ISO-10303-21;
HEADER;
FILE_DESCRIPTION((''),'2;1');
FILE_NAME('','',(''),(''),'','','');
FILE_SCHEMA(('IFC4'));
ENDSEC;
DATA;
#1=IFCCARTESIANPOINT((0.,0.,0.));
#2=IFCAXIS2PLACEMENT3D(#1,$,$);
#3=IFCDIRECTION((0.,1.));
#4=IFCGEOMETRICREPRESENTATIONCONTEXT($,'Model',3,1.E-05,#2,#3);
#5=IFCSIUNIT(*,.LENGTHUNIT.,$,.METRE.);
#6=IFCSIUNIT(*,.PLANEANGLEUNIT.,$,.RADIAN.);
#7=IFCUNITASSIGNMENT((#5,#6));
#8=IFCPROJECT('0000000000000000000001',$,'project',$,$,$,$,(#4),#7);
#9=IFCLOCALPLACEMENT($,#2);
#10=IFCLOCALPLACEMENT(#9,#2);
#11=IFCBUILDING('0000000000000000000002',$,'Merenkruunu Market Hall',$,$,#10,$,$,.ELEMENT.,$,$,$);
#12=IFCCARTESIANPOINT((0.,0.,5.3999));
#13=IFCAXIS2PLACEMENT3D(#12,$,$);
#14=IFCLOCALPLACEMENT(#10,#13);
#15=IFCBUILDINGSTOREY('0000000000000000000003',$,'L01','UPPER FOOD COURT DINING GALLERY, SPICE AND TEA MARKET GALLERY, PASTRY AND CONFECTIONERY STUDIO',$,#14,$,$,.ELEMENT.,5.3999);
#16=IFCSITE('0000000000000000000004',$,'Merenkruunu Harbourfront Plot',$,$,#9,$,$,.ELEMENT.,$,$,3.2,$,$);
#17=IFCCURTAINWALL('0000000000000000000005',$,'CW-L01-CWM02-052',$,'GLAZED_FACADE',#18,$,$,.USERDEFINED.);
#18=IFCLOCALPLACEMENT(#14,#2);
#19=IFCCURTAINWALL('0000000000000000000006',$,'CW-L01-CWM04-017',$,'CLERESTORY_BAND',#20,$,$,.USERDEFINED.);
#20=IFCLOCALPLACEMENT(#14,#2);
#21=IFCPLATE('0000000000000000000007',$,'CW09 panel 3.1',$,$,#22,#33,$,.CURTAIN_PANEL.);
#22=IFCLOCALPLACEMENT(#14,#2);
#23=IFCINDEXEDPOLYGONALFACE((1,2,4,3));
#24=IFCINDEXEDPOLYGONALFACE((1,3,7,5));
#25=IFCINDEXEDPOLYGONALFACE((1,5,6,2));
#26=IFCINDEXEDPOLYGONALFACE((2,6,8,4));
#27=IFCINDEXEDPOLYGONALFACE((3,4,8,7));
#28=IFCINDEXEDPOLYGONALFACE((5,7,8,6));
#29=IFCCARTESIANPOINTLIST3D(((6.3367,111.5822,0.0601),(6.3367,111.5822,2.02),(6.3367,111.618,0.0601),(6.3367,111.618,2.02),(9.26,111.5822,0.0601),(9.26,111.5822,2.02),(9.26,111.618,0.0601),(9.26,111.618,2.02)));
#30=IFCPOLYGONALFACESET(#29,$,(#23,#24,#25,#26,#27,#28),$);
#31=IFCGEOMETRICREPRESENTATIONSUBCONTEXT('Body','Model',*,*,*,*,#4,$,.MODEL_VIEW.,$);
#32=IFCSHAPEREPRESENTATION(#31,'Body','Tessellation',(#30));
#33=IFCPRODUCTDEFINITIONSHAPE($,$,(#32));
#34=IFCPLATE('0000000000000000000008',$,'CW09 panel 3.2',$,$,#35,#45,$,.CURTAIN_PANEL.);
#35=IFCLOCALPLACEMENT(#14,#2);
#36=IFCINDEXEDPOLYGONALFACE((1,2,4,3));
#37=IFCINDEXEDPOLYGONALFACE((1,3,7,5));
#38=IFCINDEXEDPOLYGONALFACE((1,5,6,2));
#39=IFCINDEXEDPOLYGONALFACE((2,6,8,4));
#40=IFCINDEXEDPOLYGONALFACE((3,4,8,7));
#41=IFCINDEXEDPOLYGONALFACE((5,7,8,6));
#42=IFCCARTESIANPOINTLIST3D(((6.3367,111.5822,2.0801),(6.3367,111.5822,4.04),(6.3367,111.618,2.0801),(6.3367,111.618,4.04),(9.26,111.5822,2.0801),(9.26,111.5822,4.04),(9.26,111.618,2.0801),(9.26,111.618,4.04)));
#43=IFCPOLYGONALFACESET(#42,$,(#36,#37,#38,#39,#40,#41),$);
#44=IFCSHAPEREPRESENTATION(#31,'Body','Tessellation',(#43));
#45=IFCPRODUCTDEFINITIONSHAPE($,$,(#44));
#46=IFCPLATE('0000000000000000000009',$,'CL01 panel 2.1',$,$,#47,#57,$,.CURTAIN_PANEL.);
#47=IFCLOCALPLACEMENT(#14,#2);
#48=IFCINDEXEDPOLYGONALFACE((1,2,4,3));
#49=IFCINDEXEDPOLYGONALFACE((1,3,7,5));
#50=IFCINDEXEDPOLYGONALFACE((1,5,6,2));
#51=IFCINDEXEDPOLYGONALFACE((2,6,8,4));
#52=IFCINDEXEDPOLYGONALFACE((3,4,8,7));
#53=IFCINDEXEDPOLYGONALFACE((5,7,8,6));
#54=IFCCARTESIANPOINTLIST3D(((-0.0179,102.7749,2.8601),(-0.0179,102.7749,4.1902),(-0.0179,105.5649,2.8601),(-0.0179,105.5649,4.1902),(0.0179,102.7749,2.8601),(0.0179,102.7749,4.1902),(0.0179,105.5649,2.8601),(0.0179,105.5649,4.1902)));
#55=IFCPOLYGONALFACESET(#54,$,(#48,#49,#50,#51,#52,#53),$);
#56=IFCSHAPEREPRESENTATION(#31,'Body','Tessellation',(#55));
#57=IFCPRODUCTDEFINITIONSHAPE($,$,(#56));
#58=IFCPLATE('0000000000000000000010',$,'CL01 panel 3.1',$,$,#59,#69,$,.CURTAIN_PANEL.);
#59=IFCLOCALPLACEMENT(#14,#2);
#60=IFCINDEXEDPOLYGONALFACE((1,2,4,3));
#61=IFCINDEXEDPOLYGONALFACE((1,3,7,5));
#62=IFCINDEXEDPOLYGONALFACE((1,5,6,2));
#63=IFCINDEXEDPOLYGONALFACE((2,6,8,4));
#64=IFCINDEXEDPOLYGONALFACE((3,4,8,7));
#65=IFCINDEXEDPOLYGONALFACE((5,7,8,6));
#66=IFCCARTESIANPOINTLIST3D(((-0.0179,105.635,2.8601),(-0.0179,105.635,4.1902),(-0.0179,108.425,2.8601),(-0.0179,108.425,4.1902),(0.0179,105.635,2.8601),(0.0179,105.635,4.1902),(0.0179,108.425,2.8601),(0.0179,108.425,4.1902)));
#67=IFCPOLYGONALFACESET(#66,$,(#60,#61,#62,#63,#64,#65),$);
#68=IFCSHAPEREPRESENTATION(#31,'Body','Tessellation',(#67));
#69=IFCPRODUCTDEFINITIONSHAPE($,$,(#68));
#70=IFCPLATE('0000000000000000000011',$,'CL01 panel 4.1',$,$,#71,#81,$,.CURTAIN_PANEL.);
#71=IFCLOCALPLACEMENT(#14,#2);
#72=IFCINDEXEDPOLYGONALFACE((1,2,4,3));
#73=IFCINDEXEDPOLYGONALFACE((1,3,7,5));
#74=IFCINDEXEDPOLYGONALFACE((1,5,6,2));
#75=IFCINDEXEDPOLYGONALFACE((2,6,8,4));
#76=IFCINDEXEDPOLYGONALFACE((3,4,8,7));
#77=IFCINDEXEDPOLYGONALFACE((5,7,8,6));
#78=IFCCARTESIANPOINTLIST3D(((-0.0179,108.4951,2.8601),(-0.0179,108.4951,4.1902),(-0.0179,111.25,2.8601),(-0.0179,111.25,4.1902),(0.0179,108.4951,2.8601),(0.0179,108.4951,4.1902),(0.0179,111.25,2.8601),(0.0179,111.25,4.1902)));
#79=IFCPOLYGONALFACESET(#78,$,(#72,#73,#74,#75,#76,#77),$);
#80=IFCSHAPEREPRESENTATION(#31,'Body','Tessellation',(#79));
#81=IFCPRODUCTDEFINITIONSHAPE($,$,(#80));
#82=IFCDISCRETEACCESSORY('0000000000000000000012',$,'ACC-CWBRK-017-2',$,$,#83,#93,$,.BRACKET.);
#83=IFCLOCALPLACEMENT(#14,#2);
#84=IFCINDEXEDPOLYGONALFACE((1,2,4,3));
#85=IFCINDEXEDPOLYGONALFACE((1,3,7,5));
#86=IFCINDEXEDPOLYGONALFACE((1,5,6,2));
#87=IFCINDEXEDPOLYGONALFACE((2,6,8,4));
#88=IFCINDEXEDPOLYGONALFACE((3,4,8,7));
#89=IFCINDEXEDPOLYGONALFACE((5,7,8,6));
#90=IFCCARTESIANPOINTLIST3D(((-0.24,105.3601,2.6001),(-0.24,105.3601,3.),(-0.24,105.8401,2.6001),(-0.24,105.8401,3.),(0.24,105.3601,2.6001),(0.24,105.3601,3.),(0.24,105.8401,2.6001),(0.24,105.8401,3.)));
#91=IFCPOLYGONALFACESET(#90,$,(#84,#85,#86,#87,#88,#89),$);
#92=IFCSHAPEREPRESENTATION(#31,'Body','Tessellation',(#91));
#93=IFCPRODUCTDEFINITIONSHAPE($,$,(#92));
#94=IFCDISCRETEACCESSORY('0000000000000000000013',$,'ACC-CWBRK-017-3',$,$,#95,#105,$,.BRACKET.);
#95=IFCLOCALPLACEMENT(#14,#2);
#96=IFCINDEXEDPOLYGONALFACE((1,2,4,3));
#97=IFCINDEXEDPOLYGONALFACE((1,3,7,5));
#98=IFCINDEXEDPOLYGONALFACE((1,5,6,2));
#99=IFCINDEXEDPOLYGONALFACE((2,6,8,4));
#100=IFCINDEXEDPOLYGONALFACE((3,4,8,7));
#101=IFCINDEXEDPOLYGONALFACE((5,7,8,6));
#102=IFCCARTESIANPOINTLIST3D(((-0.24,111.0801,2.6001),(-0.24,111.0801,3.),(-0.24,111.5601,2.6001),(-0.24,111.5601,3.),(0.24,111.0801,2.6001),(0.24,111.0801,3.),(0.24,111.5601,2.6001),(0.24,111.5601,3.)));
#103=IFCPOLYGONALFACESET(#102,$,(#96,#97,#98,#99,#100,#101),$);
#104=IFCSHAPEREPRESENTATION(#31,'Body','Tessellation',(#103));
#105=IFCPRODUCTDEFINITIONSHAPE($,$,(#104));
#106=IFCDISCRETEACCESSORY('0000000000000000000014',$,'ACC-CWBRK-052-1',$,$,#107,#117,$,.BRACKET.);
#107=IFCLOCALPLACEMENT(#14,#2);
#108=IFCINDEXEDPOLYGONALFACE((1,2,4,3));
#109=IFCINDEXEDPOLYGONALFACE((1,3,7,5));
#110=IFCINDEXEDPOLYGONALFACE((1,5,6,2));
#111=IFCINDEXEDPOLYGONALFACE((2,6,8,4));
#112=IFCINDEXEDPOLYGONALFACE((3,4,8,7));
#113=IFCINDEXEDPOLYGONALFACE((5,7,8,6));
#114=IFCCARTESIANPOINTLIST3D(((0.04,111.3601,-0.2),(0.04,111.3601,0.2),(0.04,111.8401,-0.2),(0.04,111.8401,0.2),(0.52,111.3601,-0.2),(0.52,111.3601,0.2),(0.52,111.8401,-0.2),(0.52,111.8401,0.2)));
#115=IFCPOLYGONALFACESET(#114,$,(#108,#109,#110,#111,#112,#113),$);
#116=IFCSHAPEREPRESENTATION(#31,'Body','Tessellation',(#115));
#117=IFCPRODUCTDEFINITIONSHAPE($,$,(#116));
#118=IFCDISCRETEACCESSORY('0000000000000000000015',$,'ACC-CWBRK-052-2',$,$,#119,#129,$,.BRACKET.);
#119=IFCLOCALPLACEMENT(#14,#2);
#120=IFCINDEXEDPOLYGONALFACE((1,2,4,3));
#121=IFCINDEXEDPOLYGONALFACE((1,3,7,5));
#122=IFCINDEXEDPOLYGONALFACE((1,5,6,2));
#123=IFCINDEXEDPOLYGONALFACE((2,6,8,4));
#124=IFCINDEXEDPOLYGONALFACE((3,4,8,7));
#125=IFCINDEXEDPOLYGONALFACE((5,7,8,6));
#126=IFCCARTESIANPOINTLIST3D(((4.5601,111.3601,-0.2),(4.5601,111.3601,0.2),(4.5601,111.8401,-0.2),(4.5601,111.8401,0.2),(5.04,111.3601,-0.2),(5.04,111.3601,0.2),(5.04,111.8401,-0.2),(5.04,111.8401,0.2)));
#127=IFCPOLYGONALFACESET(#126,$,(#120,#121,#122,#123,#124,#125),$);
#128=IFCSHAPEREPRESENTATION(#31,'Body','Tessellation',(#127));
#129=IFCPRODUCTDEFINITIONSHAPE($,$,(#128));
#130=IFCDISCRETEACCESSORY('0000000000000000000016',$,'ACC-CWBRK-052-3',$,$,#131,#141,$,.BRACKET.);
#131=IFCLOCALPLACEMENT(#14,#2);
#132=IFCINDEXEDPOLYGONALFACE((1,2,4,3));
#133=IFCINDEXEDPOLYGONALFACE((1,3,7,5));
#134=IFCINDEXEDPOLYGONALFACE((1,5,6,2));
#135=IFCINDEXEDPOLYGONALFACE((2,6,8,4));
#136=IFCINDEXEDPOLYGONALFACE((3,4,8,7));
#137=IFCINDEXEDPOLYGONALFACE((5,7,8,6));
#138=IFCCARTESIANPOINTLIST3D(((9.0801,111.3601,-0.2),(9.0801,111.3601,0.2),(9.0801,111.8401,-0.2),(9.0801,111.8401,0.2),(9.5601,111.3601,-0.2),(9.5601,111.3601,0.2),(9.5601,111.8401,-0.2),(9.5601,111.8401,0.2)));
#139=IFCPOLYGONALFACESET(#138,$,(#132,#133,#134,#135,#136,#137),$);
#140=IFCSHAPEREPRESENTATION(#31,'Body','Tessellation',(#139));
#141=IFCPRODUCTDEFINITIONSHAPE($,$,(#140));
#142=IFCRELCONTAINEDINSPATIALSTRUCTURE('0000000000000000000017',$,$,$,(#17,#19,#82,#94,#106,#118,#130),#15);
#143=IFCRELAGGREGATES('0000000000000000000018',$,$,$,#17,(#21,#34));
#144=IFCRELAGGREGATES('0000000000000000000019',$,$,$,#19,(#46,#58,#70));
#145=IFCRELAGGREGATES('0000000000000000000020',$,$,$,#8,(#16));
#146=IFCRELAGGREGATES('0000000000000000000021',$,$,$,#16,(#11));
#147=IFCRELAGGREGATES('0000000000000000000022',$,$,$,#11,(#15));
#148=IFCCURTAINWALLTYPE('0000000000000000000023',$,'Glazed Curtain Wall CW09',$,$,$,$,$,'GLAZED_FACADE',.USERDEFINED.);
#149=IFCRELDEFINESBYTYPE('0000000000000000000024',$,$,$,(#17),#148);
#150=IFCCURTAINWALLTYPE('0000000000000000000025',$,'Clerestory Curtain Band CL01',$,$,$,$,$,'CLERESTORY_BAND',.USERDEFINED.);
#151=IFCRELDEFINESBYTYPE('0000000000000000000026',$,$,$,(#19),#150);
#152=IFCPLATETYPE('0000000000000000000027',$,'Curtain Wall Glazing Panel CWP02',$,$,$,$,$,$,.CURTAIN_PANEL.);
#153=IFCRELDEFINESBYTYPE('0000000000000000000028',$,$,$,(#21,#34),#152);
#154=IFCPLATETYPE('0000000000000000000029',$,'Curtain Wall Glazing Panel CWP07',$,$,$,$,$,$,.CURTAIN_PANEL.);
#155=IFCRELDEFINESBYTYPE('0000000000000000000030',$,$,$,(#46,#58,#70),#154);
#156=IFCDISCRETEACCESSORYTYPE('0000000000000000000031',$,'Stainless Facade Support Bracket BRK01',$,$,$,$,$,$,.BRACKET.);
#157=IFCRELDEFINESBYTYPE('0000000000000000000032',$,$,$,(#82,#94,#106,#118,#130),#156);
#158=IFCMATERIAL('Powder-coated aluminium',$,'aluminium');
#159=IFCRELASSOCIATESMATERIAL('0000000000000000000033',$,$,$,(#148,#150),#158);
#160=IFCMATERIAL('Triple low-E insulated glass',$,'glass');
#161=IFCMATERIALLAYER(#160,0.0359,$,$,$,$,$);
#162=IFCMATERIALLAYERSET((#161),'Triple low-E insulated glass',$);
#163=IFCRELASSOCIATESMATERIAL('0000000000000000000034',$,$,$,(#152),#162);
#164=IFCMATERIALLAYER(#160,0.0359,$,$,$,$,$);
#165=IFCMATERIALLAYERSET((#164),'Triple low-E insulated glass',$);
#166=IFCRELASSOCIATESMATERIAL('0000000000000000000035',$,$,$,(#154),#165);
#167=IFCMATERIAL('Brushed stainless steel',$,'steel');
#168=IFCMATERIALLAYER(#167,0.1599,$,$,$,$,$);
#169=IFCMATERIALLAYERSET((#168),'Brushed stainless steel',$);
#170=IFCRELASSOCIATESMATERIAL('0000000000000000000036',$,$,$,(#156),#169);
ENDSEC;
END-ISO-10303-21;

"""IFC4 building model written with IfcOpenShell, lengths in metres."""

from ifc_helpers import new_model, si_unit, direction, frame, origin, origin_2d, place, context, subcontext, project, spatial, rectangle, extrude, material, layer, layer_set, type_object, element, aggregate, save


model = new_model("IFC4")

# Units and contexts
model_context = context("Model", 3, precision=1e-05, world=origin(), true_north=direction((0.0, 1.0)))
body_context = subcontext(model_context, "Body", "Model", "MODEL_VIEW")
ifc_project = project(units=[si_unit("LENGTHUNIT", "METRE"), si_unit("PLANEANGLEUNIT", "RADIAN")], contexts=[model_context])

# Site, building, storey
site_placement = place(None, origin())
site = spatial("IfcSite", under=ifc_project, at=site_placement, Name="Merenkruunu Harbourfront Plot", CompositionType="ELEMENT", RefElevation=3.2)
building_placement = place(site_placement, origin())
building = spatial("IfcBuilding", under=site, at=building_placement, Name="Merenkruunu Market Hall", CompositionType="ELEMENT")
storey_placement = place(building_placement, frame((0.0, 0.0, 5.3999)))
storey = spatial("IfcBuildingStorey", under=building, at=storey_placement, Name="L01", Description="UPPER FOOD COURT DINING GALLERY, SPICE AND TEA MARKET GALLERY, PASTRY AND CONFECTIONERY STUDIO", CompositionType="ELEMENT", Elevation=5.3999)

# Curtain walls
ifc_material_1 = material(Name="Powder-coated aluminium", Category="aluminium")
curtain_wall_type_1 = type_object("IfcCurtainWallType", Name="Glazed Curtain Wall CW09", ElementType="GLAZED_FACADE", PredefinedType="USERDEFINED", material=ifc_material_1)
curtain_wall_1_placement = place(storey_placement, origin())
curtain_wall_1 = element("IfcCurtainWall", 1, at=curtain_wall_1_placement, inside=storey, type_object=curtain_wall_type_1, Name="CW-L01-CWM02-052", ObjectType="GLAZED_FACADE", PredefinedType="USERDEFINED")
curtain_wall_type_2 = type_object("IfcCurtainWallType", Name="Clerestory Curtain Band CL01", ElementType="CLERESTORY_BAND", PredefinedType="USERDEFINED", material=ifc_material_1)
curtain_wall_2_placement = place(storey_placement, origin())
curtain_wall_2 = element("IfcCurtainWall", 2, at=curtain_wall_2_placement, inside=storey, type_object=curtain_wall_type_2, Name="CW-L01-CWM04-017", ObjectType="CLERESTORY_BAND", PredefinedType="USERDEFINED")

# Plates
ifc_material_2 = material(Name="Triple low-E insulated glass", Category="glass")
ifc_layer_1 = layer(ifc_material_2, 0.0359)
ifc_layer_set_1 = layer_set([ifc_layer_1], Name="Triple low-E insulated glass")
plate_type_1 = type_object("IfcPlateType", Name="Curtain Wall Glazing Panel CWP02", PredefinedType="CURTAIN_PANEL", material=ifc_layer_set_1)
plate_1_placement = place(storey_placement, frame((7.7983, 111.6001, 0.0601), z_axis=(0.0, 0.0, 1.0), x_axis=(1.0, 0.0, 0.0)))
plate_1 = element("IfcPlate", 3, at=plate_1_placement, type_object=plate_type_1, Name="CW09 panel 3.1", PredefinedType="CURTAIN_PANEL", context=body_context, shape_type="SweptSolid", body=[
    extrude(rectangle(XDim=2.9233, YDim=0.0359, at=origin_2d()), origin(), (0.0, 0.0, 1.0), 1.96),
])
plate_2_placement = place(storey_placement, frame((7.7983, 111.6001, 2.0801), z_axis=(0.0, 0.0, 1.0), x_axis=(1.0, 0.0, 0.0)))
plate_2 = element("IfcPlate", 4, at=plate_2_placement, type_object=plate_type_1, Name="CW09 panel 3.2", PredefinedType="CURTAIN_PANEL", context=body_context, shape_type="SweptSolid", body=[
    extrude(rectangle(XDim=2.9233, YDim=0.0359, at=origin_2d()), origin(), (0.0, 0.0, 1.0), 1.96),
])
aggregate(curtain_wall_1, [plate_1, plate_2])
ifc_layer_2 = layer(ifc_material_2, 0.0359)
ifc_layer_set_2 = layer_set([ifc_layer_2], Name="Triple low-E insulated glass")
plate_type_2 = type_object("IfcPlateType", Name="Curtain Wall Glazing Panel CWP07", PredefinedType="CURTAIN_PANEL", material=ifc_layer_set_2)
plate_3_placement = place(storey_placement, frame((0.0, 104.1699, 2.8601), z_axis=(0.0, 0.0, 1.0), x_axis=(0.0, 1.0, 0.0)))
plate_3 = element("IfcPlate", 5, at=plate_3_placement, type_object=plate_type_2, Name="CL01 panel 2.1", PredefinedType="CURTAIN_PANEL", context=body_context, shape_type="SweptSolid", body=[
    extrude(rectangle(XDim=2.79, YDim=0.0359, at=origin_2d()), origin(), (0.0, 0.0, 1.0), 1.3301),
])
plate_4_placement = place(storey_placement, frame((0.0, 107.03, 2.8601), z_axis=(0.0, 0.0, 1.0), x_axis=(0.0, 1.0, 0.0)))
plate_4 = element("IfcPlate", 6, at=plate_4_placement, type_object=plate_type_2, Name="CL01 panel 3.1", PredefinedType="CURTAIN_PANEL", context=body_context, shape_type="SweptSolid", body=[
    extrude(rectangle(XDim=2.79, YDim=0.0359, at=origin_2d()), origin(), (0.0, 0.0, 1.0), 1.3301),
])
plate_5_placement = place(storey_placement, frame((0.0, 109.8726, 2.8601), z_axis=(0.0, 0.0, 1.0), x_axis=(0.0, 1.0, 0.0)))
plate_5 = element("IfcPlate", 7, at=plate_5_placement, type_object=plate_type_2, Name="CL01 panel 4.1", PredefinedType="CURTAIN_PANEL", context=body_context, shape_type="SweptSolid", body=[
    extrude(rectangle(XDim=2.7549, YDim=0.0359, at=origin_2d()), origin(), (0.0, 0.0, 1.0), 1.3301),
])
aggregate(curtain_wall_2, [plate_3, plate_4, plate_5])

# Discrete accessories
ifc_material_3 = material(Name="Brushed stainless steel", Category="steel")
ifc_layer_3 = layer(ifc_material_3, 0.1599)
ifc_layer_set_3 = layer_set([ifc_layer_3], Name="Brushed stainless steel")
discrete_accessory_type = type_object("IfcDiscreteAccessoryType", Name="Stainless Facade Support Bracket BRK01", PredefinedType="BRACKET", material=ifc_layer_set_3)
for number, where, z_axis, x_axis, name in (
    (8, (0.0, 105.6001, 2.6001), (0.0, 0.0, 1.0), (1.0, 0.0, 0.0), "ACC-CWBRK-017-2"),
    (9, (0.0, 111.3201, 2.6001), (0.0, 0.0, 1.0), (1.0, 0.0, 0.0), "ACC-CWBRK-017-3"),
    (10, (0.28, 111.6001, -0.2), (0.0, 0.0, 1.0), (1.0, 0.0, 0.0), "ACC-CWBRK-052-1"),
    (11, (4.8, 111.6001, -0.2), (0.0, 0.0, 1.0), (1.0, 0.0, 0.0), "ACC-CWBRK-052-2"),
    (12, (9.3201, 111.6001, -0.2), (0.0, 0.0, 1.0), (1.0, 0.0, 0.0), "ACC-CWBRK-052-3"),
):
    element("IfcDiscreteAccessory", number, at=place(storey_placement, frame(where, z_axis=z_axis, x_axis=x_axis)), inside=storey, type_object=discrete_accessory_type, Name=name, PredefinedType="BRACKET", context=body_context, shape_type="SweptSolid", body=[
        extrude(rectangle(XDim=0.48, YDim=0.48, at=origin_2d()), origin(), (0.0, 0.0, 1.0), 0.3999),
    ])

save(model, "model.ifc")
